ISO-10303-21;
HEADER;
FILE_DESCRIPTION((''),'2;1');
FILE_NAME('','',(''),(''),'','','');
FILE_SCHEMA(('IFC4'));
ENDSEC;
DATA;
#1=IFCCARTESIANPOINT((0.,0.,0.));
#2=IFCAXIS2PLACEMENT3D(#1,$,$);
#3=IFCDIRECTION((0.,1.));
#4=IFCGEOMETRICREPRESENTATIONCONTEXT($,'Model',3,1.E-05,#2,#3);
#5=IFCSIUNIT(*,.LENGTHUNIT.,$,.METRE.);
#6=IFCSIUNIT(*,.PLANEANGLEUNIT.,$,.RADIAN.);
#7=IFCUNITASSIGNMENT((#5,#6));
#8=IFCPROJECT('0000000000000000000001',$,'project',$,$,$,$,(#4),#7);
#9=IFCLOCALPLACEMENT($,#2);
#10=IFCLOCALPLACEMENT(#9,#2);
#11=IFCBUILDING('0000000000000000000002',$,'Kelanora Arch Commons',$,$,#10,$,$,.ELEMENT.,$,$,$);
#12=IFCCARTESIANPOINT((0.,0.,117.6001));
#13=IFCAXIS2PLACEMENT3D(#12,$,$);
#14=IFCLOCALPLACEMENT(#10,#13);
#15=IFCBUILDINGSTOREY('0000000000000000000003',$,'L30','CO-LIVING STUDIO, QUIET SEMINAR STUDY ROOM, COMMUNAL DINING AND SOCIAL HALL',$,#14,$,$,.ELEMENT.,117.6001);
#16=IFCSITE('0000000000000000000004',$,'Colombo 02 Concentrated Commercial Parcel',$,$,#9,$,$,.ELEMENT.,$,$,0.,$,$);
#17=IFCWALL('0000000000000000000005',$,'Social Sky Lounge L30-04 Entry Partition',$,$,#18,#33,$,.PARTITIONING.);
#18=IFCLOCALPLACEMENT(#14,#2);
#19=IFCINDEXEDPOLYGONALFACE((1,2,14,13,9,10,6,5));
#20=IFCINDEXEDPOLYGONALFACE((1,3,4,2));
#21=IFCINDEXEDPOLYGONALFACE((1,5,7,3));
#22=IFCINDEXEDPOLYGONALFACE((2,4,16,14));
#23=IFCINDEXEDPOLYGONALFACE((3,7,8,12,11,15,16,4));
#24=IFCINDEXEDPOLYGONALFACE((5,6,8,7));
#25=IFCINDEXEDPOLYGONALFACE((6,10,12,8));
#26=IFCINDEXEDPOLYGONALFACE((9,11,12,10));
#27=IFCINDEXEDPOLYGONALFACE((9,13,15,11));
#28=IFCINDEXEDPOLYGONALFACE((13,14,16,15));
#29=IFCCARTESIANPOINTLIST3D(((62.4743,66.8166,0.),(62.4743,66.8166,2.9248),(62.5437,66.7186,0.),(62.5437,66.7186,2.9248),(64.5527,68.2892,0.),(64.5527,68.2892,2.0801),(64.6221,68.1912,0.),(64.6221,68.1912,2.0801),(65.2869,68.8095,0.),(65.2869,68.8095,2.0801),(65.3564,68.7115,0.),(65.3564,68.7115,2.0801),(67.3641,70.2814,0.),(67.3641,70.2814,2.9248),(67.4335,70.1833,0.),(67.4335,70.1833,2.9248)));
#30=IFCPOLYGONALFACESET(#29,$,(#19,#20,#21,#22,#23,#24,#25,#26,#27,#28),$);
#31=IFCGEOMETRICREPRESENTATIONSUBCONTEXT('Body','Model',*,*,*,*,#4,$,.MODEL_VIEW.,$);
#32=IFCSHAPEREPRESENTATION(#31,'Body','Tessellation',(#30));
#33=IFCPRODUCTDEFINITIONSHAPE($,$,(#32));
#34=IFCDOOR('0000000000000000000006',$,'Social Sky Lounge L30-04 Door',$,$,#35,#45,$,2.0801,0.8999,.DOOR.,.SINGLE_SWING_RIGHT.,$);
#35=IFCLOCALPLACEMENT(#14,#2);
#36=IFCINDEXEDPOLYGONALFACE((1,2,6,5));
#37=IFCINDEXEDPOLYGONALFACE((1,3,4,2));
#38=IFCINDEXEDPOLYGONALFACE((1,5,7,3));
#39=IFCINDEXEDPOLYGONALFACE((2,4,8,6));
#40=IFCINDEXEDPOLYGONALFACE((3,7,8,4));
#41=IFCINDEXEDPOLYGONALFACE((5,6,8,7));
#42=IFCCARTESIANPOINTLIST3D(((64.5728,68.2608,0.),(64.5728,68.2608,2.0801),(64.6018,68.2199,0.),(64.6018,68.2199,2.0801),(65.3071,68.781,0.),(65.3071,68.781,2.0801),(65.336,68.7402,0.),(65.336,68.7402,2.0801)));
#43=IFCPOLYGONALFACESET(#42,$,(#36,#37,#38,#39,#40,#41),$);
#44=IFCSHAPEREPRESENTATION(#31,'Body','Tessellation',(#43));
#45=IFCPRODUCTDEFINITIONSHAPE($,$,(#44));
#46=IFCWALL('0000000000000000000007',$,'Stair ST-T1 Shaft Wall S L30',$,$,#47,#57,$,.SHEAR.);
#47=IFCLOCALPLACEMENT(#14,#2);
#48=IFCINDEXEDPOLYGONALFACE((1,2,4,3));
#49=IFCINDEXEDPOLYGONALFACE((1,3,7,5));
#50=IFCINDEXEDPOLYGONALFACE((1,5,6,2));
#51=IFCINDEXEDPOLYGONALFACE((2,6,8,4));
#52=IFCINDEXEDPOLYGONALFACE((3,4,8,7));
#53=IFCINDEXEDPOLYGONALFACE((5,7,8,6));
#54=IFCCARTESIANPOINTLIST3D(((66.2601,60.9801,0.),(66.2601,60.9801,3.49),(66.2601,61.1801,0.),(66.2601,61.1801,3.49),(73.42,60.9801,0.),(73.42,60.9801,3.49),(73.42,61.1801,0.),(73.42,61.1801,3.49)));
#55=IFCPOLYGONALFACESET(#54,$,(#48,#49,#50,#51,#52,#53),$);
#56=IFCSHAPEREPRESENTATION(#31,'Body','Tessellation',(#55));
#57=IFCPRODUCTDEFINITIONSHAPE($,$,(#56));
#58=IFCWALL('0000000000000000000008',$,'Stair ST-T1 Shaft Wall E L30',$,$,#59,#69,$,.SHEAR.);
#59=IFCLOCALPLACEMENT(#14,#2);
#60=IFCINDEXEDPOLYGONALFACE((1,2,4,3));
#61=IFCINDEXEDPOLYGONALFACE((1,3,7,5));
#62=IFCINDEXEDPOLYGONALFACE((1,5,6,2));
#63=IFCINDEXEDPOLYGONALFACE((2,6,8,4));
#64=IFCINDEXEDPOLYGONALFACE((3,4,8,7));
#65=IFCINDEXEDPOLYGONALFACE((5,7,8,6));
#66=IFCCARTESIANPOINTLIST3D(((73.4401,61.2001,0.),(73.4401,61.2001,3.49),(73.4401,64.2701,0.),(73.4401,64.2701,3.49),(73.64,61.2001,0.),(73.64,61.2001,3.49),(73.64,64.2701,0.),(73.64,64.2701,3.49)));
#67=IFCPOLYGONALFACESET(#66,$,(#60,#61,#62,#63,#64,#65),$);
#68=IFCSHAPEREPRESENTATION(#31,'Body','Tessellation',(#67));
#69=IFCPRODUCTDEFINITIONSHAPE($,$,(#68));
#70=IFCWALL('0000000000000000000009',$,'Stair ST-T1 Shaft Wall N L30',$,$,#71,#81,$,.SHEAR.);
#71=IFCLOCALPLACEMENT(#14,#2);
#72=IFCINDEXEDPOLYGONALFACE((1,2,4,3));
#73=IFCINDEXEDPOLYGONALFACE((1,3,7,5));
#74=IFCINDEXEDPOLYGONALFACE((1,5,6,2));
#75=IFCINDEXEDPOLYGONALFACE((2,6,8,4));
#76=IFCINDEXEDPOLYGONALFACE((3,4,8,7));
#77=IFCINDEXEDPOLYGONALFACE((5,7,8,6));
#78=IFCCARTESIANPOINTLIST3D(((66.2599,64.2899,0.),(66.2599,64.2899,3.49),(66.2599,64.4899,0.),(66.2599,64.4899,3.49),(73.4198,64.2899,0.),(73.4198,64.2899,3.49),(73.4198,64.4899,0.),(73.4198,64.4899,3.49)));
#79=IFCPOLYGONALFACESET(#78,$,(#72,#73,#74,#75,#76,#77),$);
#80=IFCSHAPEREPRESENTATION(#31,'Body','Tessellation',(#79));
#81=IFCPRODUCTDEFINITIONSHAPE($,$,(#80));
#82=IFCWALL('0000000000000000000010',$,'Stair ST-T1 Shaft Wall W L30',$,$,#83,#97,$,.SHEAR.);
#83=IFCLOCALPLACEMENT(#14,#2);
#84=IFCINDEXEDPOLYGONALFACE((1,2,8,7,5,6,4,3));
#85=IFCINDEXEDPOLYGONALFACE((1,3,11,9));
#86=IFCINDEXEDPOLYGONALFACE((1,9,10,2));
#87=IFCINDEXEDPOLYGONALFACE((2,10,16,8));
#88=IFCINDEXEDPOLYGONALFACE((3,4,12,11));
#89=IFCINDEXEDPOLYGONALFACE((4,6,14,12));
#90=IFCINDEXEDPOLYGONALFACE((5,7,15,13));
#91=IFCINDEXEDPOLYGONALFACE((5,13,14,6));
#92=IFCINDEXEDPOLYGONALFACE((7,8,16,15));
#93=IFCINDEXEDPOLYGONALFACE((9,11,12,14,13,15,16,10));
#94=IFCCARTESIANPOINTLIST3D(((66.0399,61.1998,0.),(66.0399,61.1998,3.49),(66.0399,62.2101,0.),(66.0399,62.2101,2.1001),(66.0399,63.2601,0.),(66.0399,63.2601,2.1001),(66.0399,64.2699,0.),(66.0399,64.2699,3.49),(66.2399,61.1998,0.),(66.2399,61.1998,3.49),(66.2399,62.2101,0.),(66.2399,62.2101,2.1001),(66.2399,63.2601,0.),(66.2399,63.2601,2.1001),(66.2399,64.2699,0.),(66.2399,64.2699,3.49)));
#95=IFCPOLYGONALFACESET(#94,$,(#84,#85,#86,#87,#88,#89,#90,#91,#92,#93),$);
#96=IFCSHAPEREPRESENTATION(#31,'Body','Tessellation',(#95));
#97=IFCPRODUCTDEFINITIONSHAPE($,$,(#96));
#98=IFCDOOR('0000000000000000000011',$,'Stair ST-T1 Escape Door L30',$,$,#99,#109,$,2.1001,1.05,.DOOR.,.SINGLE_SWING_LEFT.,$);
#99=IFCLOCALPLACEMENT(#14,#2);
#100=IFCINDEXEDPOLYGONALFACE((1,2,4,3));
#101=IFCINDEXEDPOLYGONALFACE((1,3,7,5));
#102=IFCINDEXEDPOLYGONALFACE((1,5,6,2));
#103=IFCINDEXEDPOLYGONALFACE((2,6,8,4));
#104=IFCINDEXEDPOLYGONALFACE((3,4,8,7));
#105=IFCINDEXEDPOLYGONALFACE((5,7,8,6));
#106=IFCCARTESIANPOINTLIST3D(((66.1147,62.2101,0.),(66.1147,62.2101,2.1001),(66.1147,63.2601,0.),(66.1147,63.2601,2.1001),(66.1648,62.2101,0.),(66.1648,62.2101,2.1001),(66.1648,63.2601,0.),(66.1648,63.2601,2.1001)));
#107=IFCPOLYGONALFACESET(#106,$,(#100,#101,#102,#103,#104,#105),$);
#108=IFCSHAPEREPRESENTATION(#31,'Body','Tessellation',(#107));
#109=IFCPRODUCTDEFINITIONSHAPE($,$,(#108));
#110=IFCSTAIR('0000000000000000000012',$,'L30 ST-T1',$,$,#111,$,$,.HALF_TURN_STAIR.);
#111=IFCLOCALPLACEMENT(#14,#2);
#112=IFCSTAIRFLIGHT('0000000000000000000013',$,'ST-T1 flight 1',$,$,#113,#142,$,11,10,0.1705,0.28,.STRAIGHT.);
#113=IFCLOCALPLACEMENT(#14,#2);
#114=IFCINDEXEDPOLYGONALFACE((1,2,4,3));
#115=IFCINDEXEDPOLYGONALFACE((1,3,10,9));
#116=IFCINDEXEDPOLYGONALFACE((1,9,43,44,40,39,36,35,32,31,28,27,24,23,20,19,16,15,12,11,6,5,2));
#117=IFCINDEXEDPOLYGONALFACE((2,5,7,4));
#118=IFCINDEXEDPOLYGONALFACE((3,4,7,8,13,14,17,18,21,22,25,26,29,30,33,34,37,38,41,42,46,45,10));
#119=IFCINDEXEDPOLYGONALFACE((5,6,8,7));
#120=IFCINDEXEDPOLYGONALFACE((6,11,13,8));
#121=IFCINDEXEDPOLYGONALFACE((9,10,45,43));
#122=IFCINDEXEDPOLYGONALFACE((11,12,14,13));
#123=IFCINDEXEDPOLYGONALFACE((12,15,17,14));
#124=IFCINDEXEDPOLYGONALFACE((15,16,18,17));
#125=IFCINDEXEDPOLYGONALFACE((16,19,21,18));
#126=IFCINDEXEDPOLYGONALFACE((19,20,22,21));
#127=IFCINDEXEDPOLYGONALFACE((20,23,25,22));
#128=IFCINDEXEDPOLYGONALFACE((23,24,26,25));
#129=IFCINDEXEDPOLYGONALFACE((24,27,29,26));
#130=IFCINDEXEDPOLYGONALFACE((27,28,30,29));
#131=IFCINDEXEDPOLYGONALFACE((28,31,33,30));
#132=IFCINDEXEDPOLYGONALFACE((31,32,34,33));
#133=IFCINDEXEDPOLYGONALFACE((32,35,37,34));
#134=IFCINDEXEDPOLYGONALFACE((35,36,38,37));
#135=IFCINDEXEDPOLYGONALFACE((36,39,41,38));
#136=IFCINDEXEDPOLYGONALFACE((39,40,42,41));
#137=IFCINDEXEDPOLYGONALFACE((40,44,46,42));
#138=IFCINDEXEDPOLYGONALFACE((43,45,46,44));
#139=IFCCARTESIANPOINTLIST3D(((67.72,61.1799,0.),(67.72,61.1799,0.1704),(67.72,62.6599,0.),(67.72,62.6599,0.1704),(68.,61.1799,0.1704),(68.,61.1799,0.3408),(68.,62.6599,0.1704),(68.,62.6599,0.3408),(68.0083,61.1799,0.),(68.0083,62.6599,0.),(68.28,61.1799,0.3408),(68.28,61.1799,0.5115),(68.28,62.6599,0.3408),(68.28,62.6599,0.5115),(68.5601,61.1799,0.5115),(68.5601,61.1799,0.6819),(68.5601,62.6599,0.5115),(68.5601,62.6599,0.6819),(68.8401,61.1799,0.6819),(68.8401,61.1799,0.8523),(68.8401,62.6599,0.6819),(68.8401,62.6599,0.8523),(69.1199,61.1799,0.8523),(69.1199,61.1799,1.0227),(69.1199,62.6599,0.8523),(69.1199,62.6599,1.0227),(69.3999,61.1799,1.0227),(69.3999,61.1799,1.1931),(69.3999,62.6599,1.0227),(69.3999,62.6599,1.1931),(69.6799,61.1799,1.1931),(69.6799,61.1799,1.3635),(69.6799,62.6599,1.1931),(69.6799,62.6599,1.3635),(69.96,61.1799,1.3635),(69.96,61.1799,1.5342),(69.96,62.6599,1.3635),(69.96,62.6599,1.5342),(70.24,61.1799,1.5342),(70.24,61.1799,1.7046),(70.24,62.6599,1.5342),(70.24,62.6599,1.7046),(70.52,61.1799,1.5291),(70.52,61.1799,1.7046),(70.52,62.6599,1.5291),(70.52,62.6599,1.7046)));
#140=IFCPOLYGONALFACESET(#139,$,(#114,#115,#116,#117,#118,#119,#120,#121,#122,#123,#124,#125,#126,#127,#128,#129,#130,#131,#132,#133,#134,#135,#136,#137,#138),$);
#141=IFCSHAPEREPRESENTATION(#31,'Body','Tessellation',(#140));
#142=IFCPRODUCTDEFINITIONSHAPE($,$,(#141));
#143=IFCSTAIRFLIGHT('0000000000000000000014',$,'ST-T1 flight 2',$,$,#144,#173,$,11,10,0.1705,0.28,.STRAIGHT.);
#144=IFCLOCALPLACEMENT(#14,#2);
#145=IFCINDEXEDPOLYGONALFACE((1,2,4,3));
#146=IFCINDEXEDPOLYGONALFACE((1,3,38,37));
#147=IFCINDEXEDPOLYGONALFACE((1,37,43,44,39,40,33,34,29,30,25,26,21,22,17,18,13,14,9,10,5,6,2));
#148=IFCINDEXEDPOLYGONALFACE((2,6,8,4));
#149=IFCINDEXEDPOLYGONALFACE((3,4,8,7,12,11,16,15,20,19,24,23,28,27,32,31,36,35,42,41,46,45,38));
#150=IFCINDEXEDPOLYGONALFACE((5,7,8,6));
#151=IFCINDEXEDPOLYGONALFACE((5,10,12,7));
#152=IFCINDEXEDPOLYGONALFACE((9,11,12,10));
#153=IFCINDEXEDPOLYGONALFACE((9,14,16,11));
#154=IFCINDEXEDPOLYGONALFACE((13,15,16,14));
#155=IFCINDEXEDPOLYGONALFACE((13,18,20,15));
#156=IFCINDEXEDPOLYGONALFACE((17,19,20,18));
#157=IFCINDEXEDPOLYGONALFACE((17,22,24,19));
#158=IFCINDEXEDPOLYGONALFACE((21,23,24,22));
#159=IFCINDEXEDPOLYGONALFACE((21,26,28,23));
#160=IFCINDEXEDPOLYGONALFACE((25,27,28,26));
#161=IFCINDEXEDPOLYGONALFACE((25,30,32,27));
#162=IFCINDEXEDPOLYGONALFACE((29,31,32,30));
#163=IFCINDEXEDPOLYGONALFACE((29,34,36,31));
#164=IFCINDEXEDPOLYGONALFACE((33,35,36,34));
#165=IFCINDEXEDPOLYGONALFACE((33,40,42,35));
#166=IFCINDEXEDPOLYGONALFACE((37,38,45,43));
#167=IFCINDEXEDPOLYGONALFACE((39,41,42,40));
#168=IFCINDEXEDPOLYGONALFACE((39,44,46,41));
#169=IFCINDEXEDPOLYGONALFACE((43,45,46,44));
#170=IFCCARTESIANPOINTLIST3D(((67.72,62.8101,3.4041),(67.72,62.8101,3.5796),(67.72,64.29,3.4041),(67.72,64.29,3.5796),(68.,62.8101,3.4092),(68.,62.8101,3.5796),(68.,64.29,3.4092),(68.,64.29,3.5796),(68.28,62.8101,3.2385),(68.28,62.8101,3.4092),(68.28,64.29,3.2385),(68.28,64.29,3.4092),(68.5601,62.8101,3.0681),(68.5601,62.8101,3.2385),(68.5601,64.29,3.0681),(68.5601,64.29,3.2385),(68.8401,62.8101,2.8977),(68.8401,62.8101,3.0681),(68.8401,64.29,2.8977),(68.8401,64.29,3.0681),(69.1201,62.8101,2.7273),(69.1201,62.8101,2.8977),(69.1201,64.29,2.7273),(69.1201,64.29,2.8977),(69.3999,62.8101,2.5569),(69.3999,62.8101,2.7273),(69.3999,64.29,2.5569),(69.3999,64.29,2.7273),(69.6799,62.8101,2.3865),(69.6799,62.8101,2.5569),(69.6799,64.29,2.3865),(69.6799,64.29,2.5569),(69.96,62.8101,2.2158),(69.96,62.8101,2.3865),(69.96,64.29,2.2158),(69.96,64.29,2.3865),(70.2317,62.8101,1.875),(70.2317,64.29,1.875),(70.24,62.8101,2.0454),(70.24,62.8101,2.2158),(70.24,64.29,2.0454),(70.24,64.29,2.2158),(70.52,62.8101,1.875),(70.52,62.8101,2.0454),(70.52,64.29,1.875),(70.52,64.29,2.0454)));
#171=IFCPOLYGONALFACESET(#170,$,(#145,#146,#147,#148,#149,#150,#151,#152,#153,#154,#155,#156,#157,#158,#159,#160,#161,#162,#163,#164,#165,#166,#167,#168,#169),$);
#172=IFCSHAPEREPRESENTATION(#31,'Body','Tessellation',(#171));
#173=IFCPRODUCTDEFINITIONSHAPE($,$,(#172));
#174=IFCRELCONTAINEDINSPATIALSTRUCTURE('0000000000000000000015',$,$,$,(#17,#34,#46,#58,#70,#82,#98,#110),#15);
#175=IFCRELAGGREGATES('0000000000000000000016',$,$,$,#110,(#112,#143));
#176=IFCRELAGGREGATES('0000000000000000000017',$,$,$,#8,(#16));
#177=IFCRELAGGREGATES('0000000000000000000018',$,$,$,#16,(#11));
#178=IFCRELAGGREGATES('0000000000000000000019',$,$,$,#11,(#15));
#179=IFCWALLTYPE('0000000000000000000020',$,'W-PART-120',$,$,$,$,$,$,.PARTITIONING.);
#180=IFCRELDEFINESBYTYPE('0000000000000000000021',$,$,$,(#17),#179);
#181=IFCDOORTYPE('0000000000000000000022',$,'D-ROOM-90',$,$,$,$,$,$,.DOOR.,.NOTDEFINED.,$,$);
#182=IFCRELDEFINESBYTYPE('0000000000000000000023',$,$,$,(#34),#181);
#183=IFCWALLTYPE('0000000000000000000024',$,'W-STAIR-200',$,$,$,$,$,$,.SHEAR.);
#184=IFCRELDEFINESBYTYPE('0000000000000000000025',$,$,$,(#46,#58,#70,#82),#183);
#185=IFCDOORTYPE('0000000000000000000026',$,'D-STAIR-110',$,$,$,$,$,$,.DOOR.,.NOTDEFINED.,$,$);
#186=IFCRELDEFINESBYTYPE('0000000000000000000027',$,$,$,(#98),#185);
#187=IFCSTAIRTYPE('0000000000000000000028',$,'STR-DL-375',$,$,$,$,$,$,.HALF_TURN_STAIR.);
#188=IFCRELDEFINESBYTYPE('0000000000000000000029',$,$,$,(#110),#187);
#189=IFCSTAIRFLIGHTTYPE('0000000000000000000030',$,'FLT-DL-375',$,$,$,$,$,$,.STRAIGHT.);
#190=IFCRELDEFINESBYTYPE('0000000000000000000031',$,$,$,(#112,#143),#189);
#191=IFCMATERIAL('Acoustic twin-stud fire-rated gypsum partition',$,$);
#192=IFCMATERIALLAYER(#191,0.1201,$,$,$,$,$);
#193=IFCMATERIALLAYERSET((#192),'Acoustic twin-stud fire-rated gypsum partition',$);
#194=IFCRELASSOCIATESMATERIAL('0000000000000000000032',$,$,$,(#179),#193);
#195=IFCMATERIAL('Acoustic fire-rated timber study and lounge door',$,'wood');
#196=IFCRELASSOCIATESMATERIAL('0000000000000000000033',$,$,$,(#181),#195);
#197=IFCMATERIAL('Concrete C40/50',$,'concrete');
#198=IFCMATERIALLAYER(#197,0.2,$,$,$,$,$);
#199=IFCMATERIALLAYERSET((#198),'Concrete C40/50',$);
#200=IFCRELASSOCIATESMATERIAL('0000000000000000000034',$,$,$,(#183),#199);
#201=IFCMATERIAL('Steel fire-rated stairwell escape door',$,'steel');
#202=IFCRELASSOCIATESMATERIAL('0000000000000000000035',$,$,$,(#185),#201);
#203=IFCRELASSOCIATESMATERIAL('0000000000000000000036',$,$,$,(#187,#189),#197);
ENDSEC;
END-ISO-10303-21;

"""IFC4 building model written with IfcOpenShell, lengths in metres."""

from ifc_helpers import new_model, si_unit, direction, frame, frame_2d, origin, place, context, subcontext, project, spatial, polyline, rectangle, outline, extrude, material, layer, layer_set, type_object, element, fill, aggregate, save


model = new_model("IFC4")

# Units and contexts
model_context = context("Model", 3, precision=1e-05, world=origin(), true_north=direction((0.0, 1.0)))
body_context = subcontext(model_context, "Body", "Model", "MODEL_VIEW")
ifc_project = project(units=[si_unit("LENGTHUNIT", "METRE"), si_unit("PLANEANGLEUNIT", "RADIAN")], contexts=[model_context])

# Site, building, storey
site_placement = place(None, origin())
site = spatial("IfcSite", under=ifc_project, at=site_placement, Name="Colombo 02 Concentrated Commercial Parcel", CompositionType="ELEMENT", RefElevation=0.0)
building_placement = place(site_placement, origin())
building = spatial("IfcBuilding", under=site, at=building_placement, Name="Kelanora Arch Commons", CompositionType="ELEMENT")
storey_placement = place(building_placement, frame((0.0, 0.0, 117.6001)))
storey = spatial("IfcBuildingStorey", under=building, at=storey_placement, Name="L30", Description="CO-LIVING STUDIO, QUIET SEMINAR STUDY ROOM, COMMUNAL DINING AND SOCIAL HALL", CompositionType="ELEMENT", Elevation=117.6001)

# Shared definitions
ifc_material_1 = material(Name="Concrete C40/50", Category="concrete")

# Wall, opening, door
ifc_material_2 = material(Name="Acoustic twin-stud fire-rated gypsum partition")
ifc_layer_1 = layer(ifc_material_2, 0.1201)
ifc_layer_set_1 = layer_set([ifc_layer_1], Name="Acoustic twin-stud fire-rated gypsum partition")
wall_type_1 = type_object("IfcWallType", Name="W-PART-120", PredefinedType="PARTITIONING", material=ifc_layer_set_1)
wall_1_placement = place(storey_placement, frame((67.3989, 70.2324, 0.0), z_axis=(0.0, 0.0, 1.0), x_axis=(-0.815932, -0.578147, 0.0)))
wall_1 = element("IfcWall", 1, at=wall_1_placement, inside=storey, type_object=wall_type_1, Name="Social Sky Lounge L30-04 Entry Partition", PredefinedType="PARTITIONING", context=body_context, shape_type="SweptSolid", body=[
    extrude(rectangle(XDim=5.9929, YDim=0.1201, at=frame_2d((2.9966, 0.0))), origin(), (0.0, 0.0, 1.0), 2.9248),
])
opening_1_placement = place(wall_1_placement, frame((2.5459, 0.0, 0.0)))
opening_1 = element("IfcOpeningElement", 2, at=opening_1_placement, cuts=wall_1, PredefinedType="OPENING", context=body_context, shape_type="SweptSolid", body=[
    extrude(rectangle(XDim=0.8999, YDim=2.0801, at=frame_2d((0.45, 1.04))), frame((0.0, 0.0701, 0.0), z_axis=(0.0, -1.0, 0.0), x_axis=(1.0, 0.0, 0.0)), (0.0, 0.0, 1.0), 0.1401),
])
ifc_material_3 = material(Name="Acoustic fire-rated timber study and lounge door", Category="wood")
door_type_1 = type_object("IfcDoorType", Name="D-ROOM-90", OperationType="NOTDEFINED", PredefinedType="DOOR", material=ifc_material_3)
door_1_placement = place(opening_1_placement, origin())
door_1 = element("IfcDoor", 3, at=door_1_placement, inside=storey, type_object=door_type_1, Name="Social Sky Lounge L30-04 Door", OperationType="SINGLE_SWING_RIGHT", OverallHeight=2.0801, OverallWidth=0.8999, PredefinedType="DOOR", context=body_context, shape_type="SweptSolid", body=[
    extrude(rectangle(XDim=0.8999, YDim=2.0801, at=frame_2d((0.45, 1.04))), frame((0.0, 0.0249, 0.0), z_axis=(0.0, -1.0, 0.0), x_axis=(1.0, 0.0, 0.0)), (0.0, 0.0, 1.0), 0.05),
])
fill(opening_1, door_1)

# Walls
ifc_layer_2 = layer(ifc_material_1, 0.2)
ifc_layer_set_2 = layer_set([ifc_layer_2], Name="Concrete C40/50")
wall_type_2 = type_object("IfcWallType", Name="W-STAIR-200", PredefinedType="SHEAR", material=ifc_layer_set_2)
wall_2_placement = place(storey_placement, frame((66.26, 61.0801, 0.0), z_axis=(0.0, 0.0, 1.0), x_axis=(1.0, 0.0, 0.0)))
element("IfcWall", 4, at=wall_2_placement, inside=storey, type_object=wall_type_2, Name="Stair ST-T1 Shaft Wall S L30", PredefinedType="SHEAR", context=body_context, shape_type="SweptSolid", body=[
    extrude(rectangle(XDim=7.1599, YDim=0.2, at=frame_2d((3.5801, 0.0))), origin(), (0.0, 0.0, 1.0), 3.49),
])
wall_3_placement = place(storey_placement, frame((73.54, 61.2, 0.0), z_axis=(0.0, 0.0, 1.0), x_axis=(0.0, 1.0, 0.0)))
element("IfcWall", 5, at=wall_3_placement, inside=storey, type_object=wall_type_2, Name="Stair ST-T1 Shaft Wall E L30", PredefinedType="SHEAR", context=body_context, shape_type="SweptSolid", body=[
    extrude(rectangle(XDim=3.0701, YDim=0.2, at=frame_2d((1.5352, 0.0))), origin(), (0.0, 0.0, 1.0), 3.49),
])
wall_4_placement = place(storey_placement, frame((73.4199, 64.3899, 0.0), z_axis=(0.0, 0.0, 1.0), x_axis=(-1.0, 0.0, 0.0)))
element("IfcWall", 6, at=wall_4_placement, inside=storey, type_object=wall_type_2, Name="Stair ST-T1 Shaft Wall N L30", PredefinedType="SHEAR", context=body_context, shape_type="SweptSolid", body=[
    extrude(rectangle(XDim=7.1599, YDim=0.2, at=frame_2d((3.5801, 0.0))), origin(), (0.0, 0.0, 1.0), 3.49),
])

# Wall, opening, door
wall_5_placement = place(storey_placement, frame((66.1399, 64.27, 0.0), z_axis=(0.0, 0.0, 1.0), x_axis=(0.0, -1.0, 0.0)))
wall_5 = element("IfcWall", 7, at=wall_5_placement, inside=storey, type_object=wall_type_2, Name="Stair ST-T1 Shaft Wall W L30", PredefinedType="SHEAR", context=body_context, shape_type="SweptSolid", body=[
    extrude(rectangle(XDim=3.0701, YDim=0.2, at=frame_2d((1.5352, 0.0))), origin(), (0.0, 0.0, 1.0), 3.49),
])
opening_2_placement = place(wall_5_placement, frame((1.01, 0.0, 0.0)))
opening_2 = element("IfcOpeningElement", 8, at=opening_2_placement, cuts=wall_5, PredefinedType="OPENING", context=body_context, shape_type="SweptSolid", body=[
    extrude(rectangle(XDim=1.05, YDim=2.1001, at=frame_2d((0.5249, 1.05))), frame((0.0, 0.1099, 0.0), z_axis=(0.0, -1.0, 0.0), x_axis=(1.0, 0.0, 0.0)), (0.0, 0.0, 1.0), 0.22),
])
ifc_material_4 = material(Name="Steel fire-rated stairwell escape door", Category="steel")
door_type_2 = type_object("IfcDoorType", Name="D-STAIR-110", OperationType="NOTDEFINED", PredefinedType="DOOR", material=ifc_material_4)
door_2_placement = place(opening_2_placement, origin())
door_2 = element("IfcDoor", 9, at=door_2_placement, inside=storey, type_object=door_type_2, Name="Stair ST-T1 Escape Door L30", OperationType="SINGLE_SWING_LEFT", OverallHeight=2.1001, OverallWidth=1.05, PredefinedType="DOOR", context=body_context, shape_type="SweptSolid", body=[
    extrude(rectangle(XDim=1.05, YDim=2.1001, at=frame_2d((0.5249, 1.05))), frame((0.0, 0.0249, 0.0), z_axis=(0.0, -1.0, 0.0), x_axis=(1.0, 0.0, 0.0)), (0.0, 0.0, 1.0), 0.05),
])
fill(opening_2, door_2)

# Stair, stair flights
stair_type = type_object("IfcStairType", Name="STR-DL-375", PredefinedType="HALF_TURN_STAIR", material=ifc_material_1)
stair_placement = place(storey_placement, origin())
stair = element("IfcStair", 10, at=stair_placement, inside=storey, type_object=stair_type, Name="L30 ST-T1", PredefinedType="HALF_TURN_STAIR")
stair_flight_type = type_object("IfcStairFlightType", Name="FLT-DL-375", PredefinedType="STRAIGHT", material=ifc_material_1)
stair_flight_1_placement = place(storey_placement, frame((67.72, 61.9199, 0.0), z_axis=(0.0, 0.0, 1.0), x_axis=(1.0, 0.0, 0.0)))
stair_flight_1 = element("IfcStairFlight", 11, at=stair_flight_1_placement, type_object=stair_flight_type, Name="ST-T1 flight 1", NumberOfRisers=11, NumberOfTreads=10, PredefinedType="STRAIGHT", RiserHeight=0.1705, TreadLength=0.28, context=body_context, shape_type="SweptSolid", body=[
    extrude(outline(polyline([(0.0, 0.0), (0.0, 0.1704), (0.28, 0.1704), (0.28, 0.3408), (0.5601, 0.3408), (0.5601, 0.5115), (0.8401, 0.5115), (0.8401, 0.6819), (1.1201, 0.6819), (1.1201, 0.8523), (1.3999, 0.8523), (1.3999, 1.0227), (1.6799, 1.0227), (1.6799, 1.1931), (1.96, 1.1931), (1.96, 1.3635), (2.24, 1.3635), (2.24, 1.5342), (2.52, 1.5342), (2.52, 1.7046), (2.8, 1.7046), (2.8, 1.875), (2.8, 1.5291), (0.2883, 0.0), (0.0, 0.0)])), frame((0.0, 0.74, 0.0), z_axis=(0.0, -1.0, 0.0), x_axis=(1.0, 0.0, 0.0)), (0.0, 0.0, 1.0), 1.48),
])
stair_flight_2_placement = place(storey_placement, frame((70.52, 63.55, 1.875), z_axis=(0.0, 0.0, 1.0), x_axis=(-1.0, 0.0, 0.0)))
stair_flight_2 = element("IfcStairFlight", 12, at=stair_flight_2_placement, type_object=stair_flight_type, Name="ST-T1 flight 2", NumberOfRisers=11, NumberOfTreads=10, PredefinedType="STRAIGHT", RiserHeight=0.1705, TreadLength=0.28, context=body_context, shape_type="SweptSolid", body=[
    extrude(outline(polyline([(0.0, 0.0), (0.0, 0.1704), (0.28, 0.1704), (0.28, 0.3408), (0.5601, 0.3408), (0.5601, 0.5115), (0.8401, 0.5115), (0.8401, 0.6819), (1.1201, 0.6819), (1.1201, 0.8523), (1.3999, 0.8523), (1.3999, 1.0227), (1.6799, 1.0227), (1.6799, 1.1931), (1.96, 1.1931), (1.96, 1.3635), (2.24, 1.3635), (2.24, 1.5342), (2.52, 1.5342), (2.52, 1.7046), (2.8, 1.7046), (2.8, 1.875), (2.8, 1.5291), (0.2883, 0.0), (0.0, 0.0)])), frame((0.0, 0.74, 0.0), z_axis=(0.0, -1.0, 0.0), x_axis=(1.0, 0.0, 0.0)), (0.0, 0.0, 1.0), 1.48),
])
aggregate(stair, [stair_flight_1, stair_flight_2])

save(model, "model.ifc")
